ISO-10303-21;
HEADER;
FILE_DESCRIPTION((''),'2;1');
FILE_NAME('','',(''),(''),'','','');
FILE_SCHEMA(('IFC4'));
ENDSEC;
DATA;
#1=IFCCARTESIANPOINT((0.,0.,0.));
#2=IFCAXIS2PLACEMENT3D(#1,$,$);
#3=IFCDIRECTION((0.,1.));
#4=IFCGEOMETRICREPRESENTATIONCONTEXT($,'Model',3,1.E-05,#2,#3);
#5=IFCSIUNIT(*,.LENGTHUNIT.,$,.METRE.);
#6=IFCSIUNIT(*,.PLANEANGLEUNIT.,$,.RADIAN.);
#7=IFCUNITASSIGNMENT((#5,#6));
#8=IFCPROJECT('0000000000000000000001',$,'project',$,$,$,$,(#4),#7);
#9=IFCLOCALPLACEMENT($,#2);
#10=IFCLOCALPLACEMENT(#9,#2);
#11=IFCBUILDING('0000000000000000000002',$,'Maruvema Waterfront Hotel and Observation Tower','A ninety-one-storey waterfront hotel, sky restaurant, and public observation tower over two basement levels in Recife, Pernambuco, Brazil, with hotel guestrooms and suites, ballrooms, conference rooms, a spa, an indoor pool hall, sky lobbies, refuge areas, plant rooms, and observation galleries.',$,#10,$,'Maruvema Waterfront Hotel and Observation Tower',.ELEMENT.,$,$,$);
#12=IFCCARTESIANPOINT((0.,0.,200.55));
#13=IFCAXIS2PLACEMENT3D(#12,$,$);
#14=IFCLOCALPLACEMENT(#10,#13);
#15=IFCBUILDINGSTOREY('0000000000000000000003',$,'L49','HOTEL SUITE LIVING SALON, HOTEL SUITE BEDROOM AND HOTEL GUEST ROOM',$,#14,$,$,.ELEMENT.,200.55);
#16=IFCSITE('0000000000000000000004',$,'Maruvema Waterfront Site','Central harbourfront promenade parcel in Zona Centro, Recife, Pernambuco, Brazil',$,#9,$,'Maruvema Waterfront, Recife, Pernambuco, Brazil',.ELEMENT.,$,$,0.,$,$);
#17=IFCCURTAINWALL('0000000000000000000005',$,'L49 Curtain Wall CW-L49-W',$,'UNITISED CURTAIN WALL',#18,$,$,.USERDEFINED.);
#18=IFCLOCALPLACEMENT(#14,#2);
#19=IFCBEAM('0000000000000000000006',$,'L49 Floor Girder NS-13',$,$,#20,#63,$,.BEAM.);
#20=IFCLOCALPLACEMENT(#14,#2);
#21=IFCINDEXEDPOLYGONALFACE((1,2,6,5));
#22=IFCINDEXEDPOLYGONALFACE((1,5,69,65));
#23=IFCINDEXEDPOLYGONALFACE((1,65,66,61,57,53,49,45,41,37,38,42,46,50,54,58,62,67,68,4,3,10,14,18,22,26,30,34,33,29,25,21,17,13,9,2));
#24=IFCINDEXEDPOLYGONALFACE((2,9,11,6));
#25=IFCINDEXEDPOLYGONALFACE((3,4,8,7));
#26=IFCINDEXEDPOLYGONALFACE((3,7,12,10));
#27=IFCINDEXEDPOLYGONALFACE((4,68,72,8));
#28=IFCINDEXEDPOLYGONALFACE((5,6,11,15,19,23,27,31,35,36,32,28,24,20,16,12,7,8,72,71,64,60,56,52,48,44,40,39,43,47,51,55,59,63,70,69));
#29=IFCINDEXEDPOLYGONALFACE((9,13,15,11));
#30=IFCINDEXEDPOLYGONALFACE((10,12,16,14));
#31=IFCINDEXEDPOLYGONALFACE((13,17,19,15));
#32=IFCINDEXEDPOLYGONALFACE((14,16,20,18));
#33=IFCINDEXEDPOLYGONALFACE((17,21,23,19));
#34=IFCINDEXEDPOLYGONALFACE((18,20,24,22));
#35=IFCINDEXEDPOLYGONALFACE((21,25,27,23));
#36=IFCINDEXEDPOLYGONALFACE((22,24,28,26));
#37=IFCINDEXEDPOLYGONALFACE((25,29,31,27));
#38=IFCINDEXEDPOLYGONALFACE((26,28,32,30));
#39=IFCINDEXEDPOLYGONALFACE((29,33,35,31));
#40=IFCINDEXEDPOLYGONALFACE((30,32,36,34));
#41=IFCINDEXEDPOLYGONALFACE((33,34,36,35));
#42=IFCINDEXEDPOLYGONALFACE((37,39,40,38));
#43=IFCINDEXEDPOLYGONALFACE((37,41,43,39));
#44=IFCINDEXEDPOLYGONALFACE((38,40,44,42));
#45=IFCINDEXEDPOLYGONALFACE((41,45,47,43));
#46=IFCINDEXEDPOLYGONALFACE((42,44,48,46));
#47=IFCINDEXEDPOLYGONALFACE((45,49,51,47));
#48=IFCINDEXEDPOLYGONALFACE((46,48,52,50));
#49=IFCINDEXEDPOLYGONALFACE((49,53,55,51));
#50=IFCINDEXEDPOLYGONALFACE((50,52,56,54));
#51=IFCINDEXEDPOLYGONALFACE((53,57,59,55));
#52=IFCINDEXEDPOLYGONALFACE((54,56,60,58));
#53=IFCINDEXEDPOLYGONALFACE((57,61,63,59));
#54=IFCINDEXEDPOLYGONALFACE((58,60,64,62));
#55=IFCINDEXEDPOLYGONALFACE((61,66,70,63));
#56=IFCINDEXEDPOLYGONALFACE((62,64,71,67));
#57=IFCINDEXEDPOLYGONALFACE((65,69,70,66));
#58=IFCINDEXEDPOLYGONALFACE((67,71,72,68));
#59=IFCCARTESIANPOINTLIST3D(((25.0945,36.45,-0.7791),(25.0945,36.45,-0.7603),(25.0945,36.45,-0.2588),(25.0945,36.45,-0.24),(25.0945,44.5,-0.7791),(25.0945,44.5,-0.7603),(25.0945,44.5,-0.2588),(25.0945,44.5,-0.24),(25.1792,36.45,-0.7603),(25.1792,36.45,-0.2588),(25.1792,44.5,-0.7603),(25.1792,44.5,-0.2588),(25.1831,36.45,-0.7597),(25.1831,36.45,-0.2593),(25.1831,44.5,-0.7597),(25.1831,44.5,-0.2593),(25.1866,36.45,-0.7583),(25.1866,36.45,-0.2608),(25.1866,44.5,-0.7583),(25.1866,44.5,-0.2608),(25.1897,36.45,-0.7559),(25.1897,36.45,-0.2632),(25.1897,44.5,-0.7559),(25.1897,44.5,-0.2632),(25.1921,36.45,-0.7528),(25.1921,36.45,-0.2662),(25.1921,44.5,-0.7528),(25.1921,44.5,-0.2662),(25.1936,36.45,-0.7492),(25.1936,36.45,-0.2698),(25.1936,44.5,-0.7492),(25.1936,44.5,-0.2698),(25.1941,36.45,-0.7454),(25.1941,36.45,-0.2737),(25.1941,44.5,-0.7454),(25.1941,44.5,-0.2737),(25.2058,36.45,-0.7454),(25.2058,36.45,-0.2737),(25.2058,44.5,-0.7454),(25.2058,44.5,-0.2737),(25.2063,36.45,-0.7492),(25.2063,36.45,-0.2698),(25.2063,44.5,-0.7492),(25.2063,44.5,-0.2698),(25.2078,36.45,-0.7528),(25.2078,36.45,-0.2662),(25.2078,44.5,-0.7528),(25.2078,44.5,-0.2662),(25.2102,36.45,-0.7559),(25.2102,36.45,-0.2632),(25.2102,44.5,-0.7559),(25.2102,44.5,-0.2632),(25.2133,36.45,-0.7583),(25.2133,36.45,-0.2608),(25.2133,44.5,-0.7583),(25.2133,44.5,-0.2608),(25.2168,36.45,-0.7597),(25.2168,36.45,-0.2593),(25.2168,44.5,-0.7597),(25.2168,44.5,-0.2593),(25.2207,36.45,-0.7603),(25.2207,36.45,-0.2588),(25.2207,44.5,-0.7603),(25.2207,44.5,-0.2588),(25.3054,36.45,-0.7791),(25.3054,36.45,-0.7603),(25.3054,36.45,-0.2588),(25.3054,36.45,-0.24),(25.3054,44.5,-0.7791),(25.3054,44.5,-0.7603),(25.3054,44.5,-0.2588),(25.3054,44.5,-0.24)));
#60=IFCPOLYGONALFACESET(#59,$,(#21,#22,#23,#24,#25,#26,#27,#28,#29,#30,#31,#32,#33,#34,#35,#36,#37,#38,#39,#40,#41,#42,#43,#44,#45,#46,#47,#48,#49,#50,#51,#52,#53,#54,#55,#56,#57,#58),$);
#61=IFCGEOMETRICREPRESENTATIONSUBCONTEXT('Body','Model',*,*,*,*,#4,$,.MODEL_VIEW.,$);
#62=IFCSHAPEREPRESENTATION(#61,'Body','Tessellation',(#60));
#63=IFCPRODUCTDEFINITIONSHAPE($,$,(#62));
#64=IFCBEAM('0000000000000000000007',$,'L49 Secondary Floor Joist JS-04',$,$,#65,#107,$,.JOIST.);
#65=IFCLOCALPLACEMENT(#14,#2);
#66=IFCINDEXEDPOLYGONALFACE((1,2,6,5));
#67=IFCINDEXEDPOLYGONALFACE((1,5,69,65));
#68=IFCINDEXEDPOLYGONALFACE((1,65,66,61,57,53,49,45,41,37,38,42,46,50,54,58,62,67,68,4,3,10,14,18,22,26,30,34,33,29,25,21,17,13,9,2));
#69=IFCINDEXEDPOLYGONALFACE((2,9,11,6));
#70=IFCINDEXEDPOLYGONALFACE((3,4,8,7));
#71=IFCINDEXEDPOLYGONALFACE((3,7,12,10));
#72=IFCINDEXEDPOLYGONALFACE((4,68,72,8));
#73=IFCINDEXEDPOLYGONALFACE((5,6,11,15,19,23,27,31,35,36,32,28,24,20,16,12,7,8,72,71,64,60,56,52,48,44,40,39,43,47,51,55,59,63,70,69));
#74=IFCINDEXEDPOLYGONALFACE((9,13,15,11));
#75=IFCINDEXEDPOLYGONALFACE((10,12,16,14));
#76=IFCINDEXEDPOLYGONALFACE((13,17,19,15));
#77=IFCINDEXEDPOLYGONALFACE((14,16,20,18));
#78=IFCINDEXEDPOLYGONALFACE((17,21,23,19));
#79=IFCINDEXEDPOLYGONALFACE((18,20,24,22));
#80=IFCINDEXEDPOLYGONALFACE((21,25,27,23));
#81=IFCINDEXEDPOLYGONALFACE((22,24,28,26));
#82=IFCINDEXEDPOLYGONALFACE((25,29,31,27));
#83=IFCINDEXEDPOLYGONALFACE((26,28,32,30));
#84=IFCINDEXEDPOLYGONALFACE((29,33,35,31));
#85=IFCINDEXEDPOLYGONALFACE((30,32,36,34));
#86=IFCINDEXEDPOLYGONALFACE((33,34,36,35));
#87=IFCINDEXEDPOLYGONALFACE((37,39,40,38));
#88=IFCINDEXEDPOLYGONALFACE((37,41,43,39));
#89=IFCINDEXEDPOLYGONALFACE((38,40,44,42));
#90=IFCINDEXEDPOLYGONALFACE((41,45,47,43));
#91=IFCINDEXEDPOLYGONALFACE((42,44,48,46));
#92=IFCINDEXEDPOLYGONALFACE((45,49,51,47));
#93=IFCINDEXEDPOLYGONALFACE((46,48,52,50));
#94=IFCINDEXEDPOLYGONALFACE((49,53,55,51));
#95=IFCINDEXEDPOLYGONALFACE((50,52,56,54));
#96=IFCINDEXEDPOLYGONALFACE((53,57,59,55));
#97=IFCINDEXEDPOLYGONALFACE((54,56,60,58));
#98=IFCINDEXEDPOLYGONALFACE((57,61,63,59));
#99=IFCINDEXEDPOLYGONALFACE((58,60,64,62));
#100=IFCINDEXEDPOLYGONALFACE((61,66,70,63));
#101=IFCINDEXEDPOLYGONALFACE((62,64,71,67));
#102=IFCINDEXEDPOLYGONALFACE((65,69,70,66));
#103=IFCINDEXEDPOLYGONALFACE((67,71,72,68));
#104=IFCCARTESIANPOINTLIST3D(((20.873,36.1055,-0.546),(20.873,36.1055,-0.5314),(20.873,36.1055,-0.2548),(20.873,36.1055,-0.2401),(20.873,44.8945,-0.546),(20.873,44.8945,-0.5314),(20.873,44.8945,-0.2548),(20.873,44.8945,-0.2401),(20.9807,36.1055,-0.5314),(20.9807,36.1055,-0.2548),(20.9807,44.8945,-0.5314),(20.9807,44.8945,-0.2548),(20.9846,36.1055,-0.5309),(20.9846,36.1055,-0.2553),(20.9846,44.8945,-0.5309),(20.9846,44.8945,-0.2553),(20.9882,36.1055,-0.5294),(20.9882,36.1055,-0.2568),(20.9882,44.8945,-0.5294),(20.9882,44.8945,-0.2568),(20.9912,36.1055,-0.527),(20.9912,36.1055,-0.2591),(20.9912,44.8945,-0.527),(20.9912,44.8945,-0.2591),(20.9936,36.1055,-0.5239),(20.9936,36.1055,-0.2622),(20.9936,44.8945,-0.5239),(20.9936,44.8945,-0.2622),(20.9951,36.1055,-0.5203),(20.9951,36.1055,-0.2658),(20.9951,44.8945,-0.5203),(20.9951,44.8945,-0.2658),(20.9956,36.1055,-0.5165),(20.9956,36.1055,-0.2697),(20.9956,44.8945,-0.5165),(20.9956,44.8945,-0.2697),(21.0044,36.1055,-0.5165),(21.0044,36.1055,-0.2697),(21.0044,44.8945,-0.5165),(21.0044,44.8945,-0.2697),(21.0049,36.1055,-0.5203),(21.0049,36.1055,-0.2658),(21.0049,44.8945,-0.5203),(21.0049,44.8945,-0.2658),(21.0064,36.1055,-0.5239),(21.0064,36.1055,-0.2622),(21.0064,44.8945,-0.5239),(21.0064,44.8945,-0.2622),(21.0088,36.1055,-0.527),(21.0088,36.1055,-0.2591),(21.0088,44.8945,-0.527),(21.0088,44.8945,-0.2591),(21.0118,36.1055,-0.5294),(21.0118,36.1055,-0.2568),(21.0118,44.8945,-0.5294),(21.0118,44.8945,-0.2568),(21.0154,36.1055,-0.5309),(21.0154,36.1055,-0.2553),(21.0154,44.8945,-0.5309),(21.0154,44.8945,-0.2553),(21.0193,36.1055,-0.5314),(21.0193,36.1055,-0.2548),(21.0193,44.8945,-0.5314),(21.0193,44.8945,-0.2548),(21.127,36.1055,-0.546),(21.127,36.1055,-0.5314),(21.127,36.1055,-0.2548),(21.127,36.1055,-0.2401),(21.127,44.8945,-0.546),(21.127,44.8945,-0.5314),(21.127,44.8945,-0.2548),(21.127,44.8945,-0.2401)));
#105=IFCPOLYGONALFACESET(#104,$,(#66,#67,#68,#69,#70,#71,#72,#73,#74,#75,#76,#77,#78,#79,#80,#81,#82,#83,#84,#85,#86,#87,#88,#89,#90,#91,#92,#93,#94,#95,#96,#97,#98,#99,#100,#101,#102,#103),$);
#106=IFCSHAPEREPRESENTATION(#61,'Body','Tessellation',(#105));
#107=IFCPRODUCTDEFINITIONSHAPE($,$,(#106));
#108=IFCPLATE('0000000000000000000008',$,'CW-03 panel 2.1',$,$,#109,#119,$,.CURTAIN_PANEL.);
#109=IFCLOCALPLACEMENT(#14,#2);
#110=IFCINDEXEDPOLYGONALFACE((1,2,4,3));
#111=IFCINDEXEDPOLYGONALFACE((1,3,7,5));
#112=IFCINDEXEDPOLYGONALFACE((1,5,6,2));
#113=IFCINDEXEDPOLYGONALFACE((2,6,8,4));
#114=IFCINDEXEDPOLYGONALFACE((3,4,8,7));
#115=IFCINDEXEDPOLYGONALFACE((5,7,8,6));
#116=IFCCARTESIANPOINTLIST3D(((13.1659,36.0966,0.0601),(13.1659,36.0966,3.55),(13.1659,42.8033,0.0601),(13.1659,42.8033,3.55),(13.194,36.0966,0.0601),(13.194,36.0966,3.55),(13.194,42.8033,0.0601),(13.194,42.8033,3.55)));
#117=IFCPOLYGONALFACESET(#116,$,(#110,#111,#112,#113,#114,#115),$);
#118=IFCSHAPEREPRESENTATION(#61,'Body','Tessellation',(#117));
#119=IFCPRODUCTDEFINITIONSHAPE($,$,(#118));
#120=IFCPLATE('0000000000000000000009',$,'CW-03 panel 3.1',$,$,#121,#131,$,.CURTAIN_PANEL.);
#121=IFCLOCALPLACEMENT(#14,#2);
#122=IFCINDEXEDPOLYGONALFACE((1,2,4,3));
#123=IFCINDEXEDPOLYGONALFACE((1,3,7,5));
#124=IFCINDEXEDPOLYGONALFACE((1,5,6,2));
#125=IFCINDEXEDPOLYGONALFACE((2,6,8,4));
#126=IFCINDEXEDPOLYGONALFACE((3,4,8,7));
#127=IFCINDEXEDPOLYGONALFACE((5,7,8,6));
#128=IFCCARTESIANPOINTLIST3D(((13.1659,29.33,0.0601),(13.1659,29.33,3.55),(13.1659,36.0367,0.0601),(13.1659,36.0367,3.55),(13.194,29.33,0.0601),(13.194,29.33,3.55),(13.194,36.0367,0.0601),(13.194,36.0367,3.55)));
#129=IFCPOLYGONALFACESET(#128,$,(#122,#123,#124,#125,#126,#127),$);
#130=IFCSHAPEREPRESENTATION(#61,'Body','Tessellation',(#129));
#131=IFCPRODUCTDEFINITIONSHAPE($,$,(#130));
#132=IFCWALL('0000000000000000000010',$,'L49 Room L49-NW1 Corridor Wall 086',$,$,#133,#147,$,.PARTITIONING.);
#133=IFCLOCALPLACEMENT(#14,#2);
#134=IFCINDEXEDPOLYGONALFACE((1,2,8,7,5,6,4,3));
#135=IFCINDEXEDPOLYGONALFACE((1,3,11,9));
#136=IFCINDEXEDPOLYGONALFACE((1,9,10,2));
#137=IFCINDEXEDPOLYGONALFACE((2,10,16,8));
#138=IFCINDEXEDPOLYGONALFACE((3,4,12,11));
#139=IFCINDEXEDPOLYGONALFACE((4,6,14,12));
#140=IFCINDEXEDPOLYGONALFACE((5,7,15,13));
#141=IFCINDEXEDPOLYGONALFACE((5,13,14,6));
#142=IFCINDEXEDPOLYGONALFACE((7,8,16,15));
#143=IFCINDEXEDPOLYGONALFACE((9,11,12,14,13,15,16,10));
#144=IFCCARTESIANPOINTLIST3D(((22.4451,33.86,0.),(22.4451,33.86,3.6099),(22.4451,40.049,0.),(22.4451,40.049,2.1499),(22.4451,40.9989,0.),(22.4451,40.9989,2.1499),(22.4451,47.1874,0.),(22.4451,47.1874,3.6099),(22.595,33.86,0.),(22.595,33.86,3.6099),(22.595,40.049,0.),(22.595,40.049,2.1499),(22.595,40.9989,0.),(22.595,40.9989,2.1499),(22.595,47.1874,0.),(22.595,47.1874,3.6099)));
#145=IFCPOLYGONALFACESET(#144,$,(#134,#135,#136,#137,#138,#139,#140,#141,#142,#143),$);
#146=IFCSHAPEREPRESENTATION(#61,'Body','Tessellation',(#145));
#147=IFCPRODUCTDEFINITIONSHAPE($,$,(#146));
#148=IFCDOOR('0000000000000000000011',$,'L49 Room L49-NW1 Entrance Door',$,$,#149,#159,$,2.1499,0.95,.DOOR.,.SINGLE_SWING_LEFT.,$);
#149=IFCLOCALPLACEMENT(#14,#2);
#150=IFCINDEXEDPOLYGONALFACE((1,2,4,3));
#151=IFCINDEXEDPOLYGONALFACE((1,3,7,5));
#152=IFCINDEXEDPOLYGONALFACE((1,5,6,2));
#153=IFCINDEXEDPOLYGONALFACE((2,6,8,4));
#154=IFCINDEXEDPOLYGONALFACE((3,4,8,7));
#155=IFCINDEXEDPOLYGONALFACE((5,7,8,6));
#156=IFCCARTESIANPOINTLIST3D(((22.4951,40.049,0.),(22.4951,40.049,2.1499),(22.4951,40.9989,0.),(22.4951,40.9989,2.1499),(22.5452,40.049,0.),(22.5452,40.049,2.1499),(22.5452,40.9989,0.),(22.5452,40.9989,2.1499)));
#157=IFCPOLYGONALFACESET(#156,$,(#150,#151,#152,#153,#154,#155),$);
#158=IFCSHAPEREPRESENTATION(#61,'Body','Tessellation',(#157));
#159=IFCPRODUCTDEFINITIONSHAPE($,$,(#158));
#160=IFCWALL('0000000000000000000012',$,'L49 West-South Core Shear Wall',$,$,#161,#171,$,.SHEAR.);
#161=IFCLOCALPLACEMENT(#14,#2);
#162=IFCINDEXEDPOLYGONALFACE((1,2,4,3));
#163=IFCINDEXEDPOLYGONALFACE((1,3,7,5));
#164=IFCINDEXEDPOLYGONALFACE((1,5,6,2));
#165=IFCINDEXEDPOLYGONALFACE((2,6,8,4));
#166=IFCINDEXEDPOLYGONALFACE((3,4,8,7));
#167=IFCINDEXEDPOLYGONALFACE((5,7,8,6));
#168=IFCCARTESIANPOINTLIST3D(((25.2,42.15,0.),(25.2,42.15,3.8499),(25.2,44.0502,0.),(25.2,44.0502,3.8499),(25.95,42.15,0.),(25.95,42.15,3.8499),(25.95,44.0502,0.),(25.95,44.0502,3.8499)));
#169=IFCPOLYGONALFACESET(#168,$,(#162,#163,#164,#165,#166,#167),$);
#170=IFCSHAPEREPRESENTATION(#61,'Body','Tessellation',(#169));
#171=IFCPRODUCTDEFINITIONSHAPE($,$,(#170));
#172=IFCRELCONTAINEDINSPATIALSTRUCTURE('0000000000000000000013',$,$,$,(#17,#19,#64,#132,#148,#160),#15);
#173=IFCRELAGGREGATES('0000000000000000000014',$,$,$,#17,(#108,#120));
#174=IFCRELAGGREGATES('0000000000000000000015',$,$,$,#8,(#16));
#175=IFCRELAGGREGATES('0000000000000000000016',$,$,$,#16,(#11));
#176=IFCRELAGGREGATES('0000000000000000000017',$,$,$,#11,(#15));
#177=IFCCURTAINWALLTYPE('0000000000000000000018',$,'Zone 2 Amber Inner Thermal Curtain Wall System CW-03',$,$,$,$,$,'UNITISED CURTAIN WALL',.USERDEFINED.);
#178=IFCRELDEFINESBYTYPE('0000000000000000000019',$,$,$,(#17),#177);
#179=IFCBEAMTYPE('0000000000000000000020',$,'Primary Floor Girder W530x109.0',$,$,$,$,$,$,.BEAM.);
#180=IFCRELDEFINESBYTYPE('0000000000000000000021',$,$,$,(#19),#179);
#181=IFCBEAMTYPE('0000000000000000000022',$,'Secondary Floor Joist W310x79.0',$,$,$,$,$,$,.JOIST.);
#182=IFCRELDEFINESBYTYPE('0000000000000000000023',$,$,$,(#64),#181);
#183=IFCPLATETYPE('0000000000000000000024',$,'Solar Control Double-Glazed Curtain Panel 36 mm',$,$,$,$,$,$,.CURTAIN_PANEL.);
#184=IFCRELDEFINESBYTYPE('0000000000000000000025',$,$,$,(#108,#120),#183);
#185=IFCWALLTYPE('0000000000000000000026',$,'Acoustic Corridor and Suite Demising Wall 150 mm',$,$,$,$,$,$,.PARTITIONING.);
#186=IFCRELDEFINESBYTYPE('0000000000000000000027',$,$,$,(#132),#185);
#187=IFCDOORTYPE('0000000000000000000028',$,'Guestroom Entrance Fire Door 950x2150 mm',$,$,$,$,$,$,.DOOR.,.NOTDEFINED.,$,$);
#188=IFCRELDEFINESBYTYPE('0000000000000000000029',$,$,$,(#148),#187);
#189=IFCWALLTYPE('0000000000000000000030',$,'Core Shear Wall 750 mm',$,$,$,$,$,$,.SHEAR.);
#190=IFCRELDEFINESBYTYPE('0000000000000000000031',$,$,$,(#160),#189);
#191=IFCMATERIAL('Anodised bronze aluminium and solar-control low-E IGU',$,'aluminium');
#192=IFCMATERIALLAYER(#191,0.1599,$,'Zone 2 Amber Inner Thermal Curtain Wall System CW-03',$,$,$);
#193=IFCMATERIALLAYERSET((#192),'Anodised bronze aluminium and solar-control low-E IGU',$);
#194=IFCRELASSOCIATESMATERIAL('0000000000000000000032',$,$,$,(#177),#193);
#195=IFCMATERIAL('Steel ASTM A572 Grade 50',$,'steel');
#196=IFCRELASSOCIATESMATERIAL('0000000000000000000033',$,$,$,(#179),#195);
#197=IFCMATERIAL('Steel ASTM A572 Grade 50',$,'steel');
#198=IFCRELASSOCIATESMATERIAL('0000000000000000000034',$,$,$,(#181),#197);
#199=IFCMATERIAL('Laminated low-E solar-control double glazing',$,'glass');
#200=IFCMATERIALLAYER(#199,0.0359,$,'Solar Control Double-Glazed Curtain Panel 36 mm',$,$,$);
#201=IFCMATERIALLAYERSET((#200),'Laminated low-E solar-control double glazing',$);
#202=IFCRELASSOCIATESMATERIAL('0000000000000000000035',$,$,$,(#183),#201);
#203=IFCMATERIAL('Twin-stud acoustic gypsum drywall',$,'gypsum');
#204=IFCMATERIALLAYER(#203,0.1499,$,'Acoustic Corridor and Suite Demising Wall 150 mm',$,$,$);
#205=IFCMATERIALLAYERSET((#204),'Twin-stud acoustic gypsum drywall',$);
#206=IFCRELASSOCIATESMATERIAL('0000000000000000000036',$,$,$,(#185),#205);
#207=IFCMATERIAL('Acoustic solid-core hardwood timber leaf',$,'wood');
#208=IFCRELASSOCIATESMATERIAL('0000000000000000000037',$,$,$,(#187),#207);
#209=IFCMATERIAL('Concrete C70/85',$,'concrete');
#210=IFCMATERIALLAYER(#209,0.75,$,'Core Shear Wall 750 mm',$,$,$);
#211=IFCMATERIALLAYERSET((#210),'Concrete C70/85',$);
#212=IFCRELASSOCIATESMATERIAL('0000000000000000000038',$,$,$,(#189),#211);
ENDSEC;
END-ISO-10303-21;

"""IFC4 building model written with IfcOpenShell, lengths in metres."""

from ifc_helpers import new_model, si_unit, direction, frame, frame_2d, origin, origin_2d, place, context, subcontext, project, spatial, rectangle, i_section, extrude, material, layer, layer_set, material_profile, profile_set, type_object, element, fill, aggregate, save


model = new_model("IFC4")

# Units and contexts
model_context = context("Model", 3, precision=1e-05, world=origin(), true_north=direction((0.0, 1.0)))
body_context = subcontext(model_context, "Body", "Model", "MODEL_VIEW")
ifc_project = project(units=[si_unit("LENGTHUNIT", "METRE"), si_unit("PLANEANGLEUNIT", "RADIAN")], contexts=[model_context])

# Site, building, storey
site_placement = place(None, origin())
site = spatial("IfcSite", under=ifc_project, at=site_placement, Name="Maruvema Waterfront Site", Description="Central harbourfront promenade parcel in Zona Centro, Recife, Pernambuco, Brazil", LongName="Maruvema Waterfront, Recife, Pernambuco, Brazil", CompositionType="ELEMENT", RefElevation=0.0)
building_placement = place(site_placement, origin())
building = spatial("IfcBuilding", under=site, at=building_placement, Name="Maruvema Waterfront Hotel and Observation Tower", Description="A ninety-one-storey waterfront hotel, sky restaurant, and public observation tower over two basement levels in Recife, Pernambuco, Brazil, with hotel guestrooms and suites, ballrooms, conference rooms, a spa, an indoor pool hall, sky lobbies, refuge areas, plant rooms, and observation galleries.", LongName="Maruvema Waterfront Hotel and Observation Tower", CompositionType="ELEMENT")
storey_placement = place(building_placement, frame((0.0, 0.0, 200.55)))
storey = spatial("IfcBuildingStorey", under=building, at=storey_placement, Name="L49", Description="HOTEL SUITE LIVING SALON, HOTEL SUITE BEDROOM AND HOTEL GUEST ROOM", CompositionType="ELEMENT", Elevation=200.55)

# Curtain wall
ifc_material_1 = material(Name="Anodised bronze aluminium and solar-control low-E IGU", Category="aluminium")
ifc_layer_1 = layer(ifc_material_1, 0.1599, Name="Zone 2 Amber Inner Thermal Curtain Wall System CW-03")
ifc_layer_set_1 = layer_set([ifc_layer_1], Name="Anodised bronze aluminium and solar-control low-E IGU")
curtain_wall_type = type_object("IfcCurtainWallType", Name="Zone 2 Amber Inner Thermal Curtain Wall System CW-03", ElementType="UNITISED CURTAIN WALL", PredefinedType="USERDEFINED", material=ifc_layer_set_1)
curtain_wall_placement = place(storey_placement, origin())
curtain_wall = element("IfcCurtainWall", 1, at=curtain_wall_placement, inside=storey, type_object=curtain_wall_type, Name="L49 Curtain Wall CW-L49-W", ObjectType="UNITISED CURTAIN WALL", PredefinedType="USERDEFINED")

# Beams
ifc_material_2 = material(Name="Steel ASTM A572 Grade 50", Category="steel")
ifc_material_profile_1 = material_profile(ifc_material_2, i_section(OverallWidth=0.2109, OverallDepth=0.5391, WebThickness=0.0117, FlangeThickness=0.0188, FilletRadius=0.0149, at=origin_2d()), Name="W530x109.0")
ifc_profile_set_1 = profile_set([ifc_material_profile_1], Name="Steel ASTM A572 Grade 50")
beam_type_1 = type_object("IfcBeamType", Name="Primary Floor Girder W530x109.0", PredefinedType="BEAM", material=ifc_profile_set_1)
beam_1_placement = place(storey_placement, frame((25.2, 36.45, -0.5095), z_axis=(0.0, 1.0, 0.0), x_axis=(-1.0, 0.0, 0.0)))
element("IfcBeam", 2, at=beam_1_placement, inside=storey, type_object=beam_type_1, Name="L49 Floor Girder NS-13", PredefinedType="BEAM", context=body_context, shape_type="SweptSolid", body=[
    extrude(i_section(OverallWidth=0.2109, OverallDepth=0.5391, WebThickness=0.0117, FlangeThickness=0.0188, FilletRadius=0.0149, at=origin_2d()), origin(), (0.0, 0.0, 1.0), 8.05),
])
ifc_material_3 = material(Name="Steel ASTM A572 Grade 50", Category="steel")
ifc_material_profile_2 = material_profile(ifc_material_3, i_section(OverallWidth=0.2539, OverallDepth=0.3059, WebThickness=0.0088, FlangeThickness=0.0146, FilletRadius=0.0149, at=origin_2d()), Name="W310x79.0")
ifc_profile_set_2 = profile_set([ifc_material_profile_2], Name="Steel ASTM A572 Grade 50")
beam_type_2 = type_object("IfcBeamType", Name="Secondary Floor Joist W310x79.0", PredefinedType="JOIST", material=ifc_profile_set_2)
beam_2_placement = place(storey_placement, frame((21.0, 36.1055, -0.3931), z_axis=(0.0, 1.0, 0.0), x_axis=(-1.0, 0.0, 0.0)))
element("IfcBeam", 3, at=beam_2_placement, inside=storey, type_object=beam_type_2, Name="L49 Secondary Floor Joist JS-04", PredefinedType="JOIST", context=body_context, shape_type="SweptSolid", body=[
    extrude(i_section(OverallWidth=0.2539, OverallDepth=0.3059, WebThickness=0.0088, FlangeThickness=0.0146, FilletRadius=0.0149, at=origin_2d()), origin(), (0.0, 0.0, 1.0), 8.7891),
])

# Plates
ifc_material_4 = material(Name="Laminated low-E solar-control double glazing", Category="glass")
ifc_layer_2 = layer(ifc_material_4, 0.0359, Name="Solar Control Double-Glazed Curtain Panel 36 mm")
ifc_layer_set_2 = layer_set([ifc_layer_2], Name="Laminated low-E solar-control double glazing")
plate_type = type_object("IfcPlateType", Name="Solar Control Double-Glazed Curtain Panel 36 mm", PredefinedType="CURTAIN_PANEL", material=ifc_layer_set_2)
plate_1_placement = place(storey_placement, frame((13.1799, 39.45, 0.0601), z_axis=(0.0, 0.0, 1.0), x_axis=(0.0, -1.0, 0.0)))
plate_1 = element("IfcPlate", 4, at=plate_1_placement, type_object=plate_type, Name="CW-03 panel 2.1", PredefinedType="CURTAIN_PANEL", context=body_context, shape_type="SweptSolid", body=[
    extrude(rectangle(XDim=6.7068, YDim=0.0281, at=origin_2d()), origin(), (0.0, 0.0, 1.0), 3.49),
])
plate_2_placement = place(storey_placement, frame((13.1799, 32.6833, 0.0601), z_axis=(0.0, 0.0, 1.0), x_axis=(0.0, -1.0, 0.0)))
plate_2 = element("IfcPlate", 5, at=plate_2_placement, type_object=plate_type, Name="CW-03 panel 3.1", PredefinedType="CURTAIN_PANEL", context=body_context, shape_type="SweptSolid", body=[
    extrude(rectangle(XDim=6.7068, YDim=0.0281, at=origin_2d()), origin(), (0.0, 0.0, 1.0), 3.49),
])
aggregate(curtain_wall, [plate_1, plate_2])

# Wall, opening, door
ifc_material_5 = material(Name="Twin-stud acoustic gypsum drywall", Category="gypsum")
ifc_layer_3 = layer(ifc_material_5, 0.1499, Name="Acoustic Corridor and Suite Demising Wall 150 mm")
ifc_layer_set_3 = layer_set([ifc_layer_3], Name="Twin-stud acoustic gypsum drywall")
wall_type_1 = type_object("IfcWallType", Name="Acoustic Corridor and Suite Demising Wall 150 mm", PredefinedType="PARTITIONING", material=ifc_layer_set_3)
wall_1_placement = place(storey_placement, frame((22.52, 33.8601, 0.0), z_axis=(0.0, 0.0, 1.0), x_axis=(0.0, 1.0, 0.0)))
wall_1 = element("IfcWall", 6, at=wall_1_placement, inside=storey, type_object=wall_type_1, Name="L49 Room L49-NW1 Corridor Wall 086", PredefinedType="PARTITIONING", context=body_context, shape_type="SweptSolid", body=[
    extrude(rectangle(XDim=13.3274, YDim=0.1499, at=frame_2d((6.6636, 0.0))), origin(), (0.0, 0.0, 1.0), 3.6099),
])
opening_1_placement = place(wall_1_placement, frame((6.1887, 0.0, 0.0)))
opening_1 = element("IfcOpeningElement", 7, at=opening_1_placement, cuts=wall_1, PredefinedType="OPENING", context=body_context, shape_type="SweptSolid", body=[
    extrude(rectangle(XDim=0.95, YDim=2.1499, at=frame_2d((0.4751, 1.075))), frame((0.0, 0.085, 0.0), z_axis=(0.0, -1.0, 0.0), x_axis=(1.0, 0.0, 0.0)), (0.0, 0.0, 1.0), 0.1699),
])
ifc_material_6 = material(Name="Acoustic solid-core hardwood timber leaf", Category="wood")
door_type_1 = type_object("IfcDoorType", Name="Guestroom Entrance Fire Door 950x2150 mm", OperationType="NOTDEFINED", PredefinedType="DOOR", material=ifc_material_6)
door_1_placement = place(opening_1_placement, origin())
door_1 = element("IfcDoor", 8, at=door_1_placement, inside=storey, type_object=door_type_1, Name="L49 Room L49-NW1 Entrance Door", OperationType="SINGLE_SWING_LEFT", OverallHeight=2.1499, OverallWidth=0.95, PredefinedType="DOOR", context=body_context, shape_type="SweptSolid", body=[
    extrude(rectangle(XDim=0.95, YDim=2.1499, at=frame_2d((0.4751, 1.075))), frame((0.0, 0.0249, 0.0), z_axis=(0.0, -1.0, 0.0), x_axis=(1.0, 0.0, 0.0)), (0.0, 0.0, 1.0), 0.05),
])
fill(opening_1, door_1)

# Shared definitions
ifc_material_7 = material(Name="Concrete C70/85", Category="concrete")
ifc_layer_4 = layer(ifc_material_7, 0.75, Name="Core Shear Wall 750 mm")
ifc_layer_set_4 = layer_set([ifc_layer_4], Name="Concrete C70/85")
wall_type_2 = type_object("IfcWallType", Name="Core Shear Wall 750 mm", PredefinedType="SHEAR", material=ifc_layer_set_4)

# Wall
wall_2_placement = place(storey_placement, frame((25.575, 42.1499, 0.0), z_axis=(0.0, 0.0, 1.0), x_axis=(0.0, 1.0, 0.0)))
element("IfcWall", 9, at=wall_2_placement, inside=storey, type_object=wall_type_2, Name="L49 West-South Core Shear Wall", PredefinedType="SHEAR", context=body_context, shape_type="SweptSolid", body=[
    extrude(rectangle(XDim=1.9001, YDim=0.75, at=frame_2d((0.9502, 0.0))), origin(), (0.0, 0.0, 1.0), 3.8499),
])

save(model, "model.ifc")
